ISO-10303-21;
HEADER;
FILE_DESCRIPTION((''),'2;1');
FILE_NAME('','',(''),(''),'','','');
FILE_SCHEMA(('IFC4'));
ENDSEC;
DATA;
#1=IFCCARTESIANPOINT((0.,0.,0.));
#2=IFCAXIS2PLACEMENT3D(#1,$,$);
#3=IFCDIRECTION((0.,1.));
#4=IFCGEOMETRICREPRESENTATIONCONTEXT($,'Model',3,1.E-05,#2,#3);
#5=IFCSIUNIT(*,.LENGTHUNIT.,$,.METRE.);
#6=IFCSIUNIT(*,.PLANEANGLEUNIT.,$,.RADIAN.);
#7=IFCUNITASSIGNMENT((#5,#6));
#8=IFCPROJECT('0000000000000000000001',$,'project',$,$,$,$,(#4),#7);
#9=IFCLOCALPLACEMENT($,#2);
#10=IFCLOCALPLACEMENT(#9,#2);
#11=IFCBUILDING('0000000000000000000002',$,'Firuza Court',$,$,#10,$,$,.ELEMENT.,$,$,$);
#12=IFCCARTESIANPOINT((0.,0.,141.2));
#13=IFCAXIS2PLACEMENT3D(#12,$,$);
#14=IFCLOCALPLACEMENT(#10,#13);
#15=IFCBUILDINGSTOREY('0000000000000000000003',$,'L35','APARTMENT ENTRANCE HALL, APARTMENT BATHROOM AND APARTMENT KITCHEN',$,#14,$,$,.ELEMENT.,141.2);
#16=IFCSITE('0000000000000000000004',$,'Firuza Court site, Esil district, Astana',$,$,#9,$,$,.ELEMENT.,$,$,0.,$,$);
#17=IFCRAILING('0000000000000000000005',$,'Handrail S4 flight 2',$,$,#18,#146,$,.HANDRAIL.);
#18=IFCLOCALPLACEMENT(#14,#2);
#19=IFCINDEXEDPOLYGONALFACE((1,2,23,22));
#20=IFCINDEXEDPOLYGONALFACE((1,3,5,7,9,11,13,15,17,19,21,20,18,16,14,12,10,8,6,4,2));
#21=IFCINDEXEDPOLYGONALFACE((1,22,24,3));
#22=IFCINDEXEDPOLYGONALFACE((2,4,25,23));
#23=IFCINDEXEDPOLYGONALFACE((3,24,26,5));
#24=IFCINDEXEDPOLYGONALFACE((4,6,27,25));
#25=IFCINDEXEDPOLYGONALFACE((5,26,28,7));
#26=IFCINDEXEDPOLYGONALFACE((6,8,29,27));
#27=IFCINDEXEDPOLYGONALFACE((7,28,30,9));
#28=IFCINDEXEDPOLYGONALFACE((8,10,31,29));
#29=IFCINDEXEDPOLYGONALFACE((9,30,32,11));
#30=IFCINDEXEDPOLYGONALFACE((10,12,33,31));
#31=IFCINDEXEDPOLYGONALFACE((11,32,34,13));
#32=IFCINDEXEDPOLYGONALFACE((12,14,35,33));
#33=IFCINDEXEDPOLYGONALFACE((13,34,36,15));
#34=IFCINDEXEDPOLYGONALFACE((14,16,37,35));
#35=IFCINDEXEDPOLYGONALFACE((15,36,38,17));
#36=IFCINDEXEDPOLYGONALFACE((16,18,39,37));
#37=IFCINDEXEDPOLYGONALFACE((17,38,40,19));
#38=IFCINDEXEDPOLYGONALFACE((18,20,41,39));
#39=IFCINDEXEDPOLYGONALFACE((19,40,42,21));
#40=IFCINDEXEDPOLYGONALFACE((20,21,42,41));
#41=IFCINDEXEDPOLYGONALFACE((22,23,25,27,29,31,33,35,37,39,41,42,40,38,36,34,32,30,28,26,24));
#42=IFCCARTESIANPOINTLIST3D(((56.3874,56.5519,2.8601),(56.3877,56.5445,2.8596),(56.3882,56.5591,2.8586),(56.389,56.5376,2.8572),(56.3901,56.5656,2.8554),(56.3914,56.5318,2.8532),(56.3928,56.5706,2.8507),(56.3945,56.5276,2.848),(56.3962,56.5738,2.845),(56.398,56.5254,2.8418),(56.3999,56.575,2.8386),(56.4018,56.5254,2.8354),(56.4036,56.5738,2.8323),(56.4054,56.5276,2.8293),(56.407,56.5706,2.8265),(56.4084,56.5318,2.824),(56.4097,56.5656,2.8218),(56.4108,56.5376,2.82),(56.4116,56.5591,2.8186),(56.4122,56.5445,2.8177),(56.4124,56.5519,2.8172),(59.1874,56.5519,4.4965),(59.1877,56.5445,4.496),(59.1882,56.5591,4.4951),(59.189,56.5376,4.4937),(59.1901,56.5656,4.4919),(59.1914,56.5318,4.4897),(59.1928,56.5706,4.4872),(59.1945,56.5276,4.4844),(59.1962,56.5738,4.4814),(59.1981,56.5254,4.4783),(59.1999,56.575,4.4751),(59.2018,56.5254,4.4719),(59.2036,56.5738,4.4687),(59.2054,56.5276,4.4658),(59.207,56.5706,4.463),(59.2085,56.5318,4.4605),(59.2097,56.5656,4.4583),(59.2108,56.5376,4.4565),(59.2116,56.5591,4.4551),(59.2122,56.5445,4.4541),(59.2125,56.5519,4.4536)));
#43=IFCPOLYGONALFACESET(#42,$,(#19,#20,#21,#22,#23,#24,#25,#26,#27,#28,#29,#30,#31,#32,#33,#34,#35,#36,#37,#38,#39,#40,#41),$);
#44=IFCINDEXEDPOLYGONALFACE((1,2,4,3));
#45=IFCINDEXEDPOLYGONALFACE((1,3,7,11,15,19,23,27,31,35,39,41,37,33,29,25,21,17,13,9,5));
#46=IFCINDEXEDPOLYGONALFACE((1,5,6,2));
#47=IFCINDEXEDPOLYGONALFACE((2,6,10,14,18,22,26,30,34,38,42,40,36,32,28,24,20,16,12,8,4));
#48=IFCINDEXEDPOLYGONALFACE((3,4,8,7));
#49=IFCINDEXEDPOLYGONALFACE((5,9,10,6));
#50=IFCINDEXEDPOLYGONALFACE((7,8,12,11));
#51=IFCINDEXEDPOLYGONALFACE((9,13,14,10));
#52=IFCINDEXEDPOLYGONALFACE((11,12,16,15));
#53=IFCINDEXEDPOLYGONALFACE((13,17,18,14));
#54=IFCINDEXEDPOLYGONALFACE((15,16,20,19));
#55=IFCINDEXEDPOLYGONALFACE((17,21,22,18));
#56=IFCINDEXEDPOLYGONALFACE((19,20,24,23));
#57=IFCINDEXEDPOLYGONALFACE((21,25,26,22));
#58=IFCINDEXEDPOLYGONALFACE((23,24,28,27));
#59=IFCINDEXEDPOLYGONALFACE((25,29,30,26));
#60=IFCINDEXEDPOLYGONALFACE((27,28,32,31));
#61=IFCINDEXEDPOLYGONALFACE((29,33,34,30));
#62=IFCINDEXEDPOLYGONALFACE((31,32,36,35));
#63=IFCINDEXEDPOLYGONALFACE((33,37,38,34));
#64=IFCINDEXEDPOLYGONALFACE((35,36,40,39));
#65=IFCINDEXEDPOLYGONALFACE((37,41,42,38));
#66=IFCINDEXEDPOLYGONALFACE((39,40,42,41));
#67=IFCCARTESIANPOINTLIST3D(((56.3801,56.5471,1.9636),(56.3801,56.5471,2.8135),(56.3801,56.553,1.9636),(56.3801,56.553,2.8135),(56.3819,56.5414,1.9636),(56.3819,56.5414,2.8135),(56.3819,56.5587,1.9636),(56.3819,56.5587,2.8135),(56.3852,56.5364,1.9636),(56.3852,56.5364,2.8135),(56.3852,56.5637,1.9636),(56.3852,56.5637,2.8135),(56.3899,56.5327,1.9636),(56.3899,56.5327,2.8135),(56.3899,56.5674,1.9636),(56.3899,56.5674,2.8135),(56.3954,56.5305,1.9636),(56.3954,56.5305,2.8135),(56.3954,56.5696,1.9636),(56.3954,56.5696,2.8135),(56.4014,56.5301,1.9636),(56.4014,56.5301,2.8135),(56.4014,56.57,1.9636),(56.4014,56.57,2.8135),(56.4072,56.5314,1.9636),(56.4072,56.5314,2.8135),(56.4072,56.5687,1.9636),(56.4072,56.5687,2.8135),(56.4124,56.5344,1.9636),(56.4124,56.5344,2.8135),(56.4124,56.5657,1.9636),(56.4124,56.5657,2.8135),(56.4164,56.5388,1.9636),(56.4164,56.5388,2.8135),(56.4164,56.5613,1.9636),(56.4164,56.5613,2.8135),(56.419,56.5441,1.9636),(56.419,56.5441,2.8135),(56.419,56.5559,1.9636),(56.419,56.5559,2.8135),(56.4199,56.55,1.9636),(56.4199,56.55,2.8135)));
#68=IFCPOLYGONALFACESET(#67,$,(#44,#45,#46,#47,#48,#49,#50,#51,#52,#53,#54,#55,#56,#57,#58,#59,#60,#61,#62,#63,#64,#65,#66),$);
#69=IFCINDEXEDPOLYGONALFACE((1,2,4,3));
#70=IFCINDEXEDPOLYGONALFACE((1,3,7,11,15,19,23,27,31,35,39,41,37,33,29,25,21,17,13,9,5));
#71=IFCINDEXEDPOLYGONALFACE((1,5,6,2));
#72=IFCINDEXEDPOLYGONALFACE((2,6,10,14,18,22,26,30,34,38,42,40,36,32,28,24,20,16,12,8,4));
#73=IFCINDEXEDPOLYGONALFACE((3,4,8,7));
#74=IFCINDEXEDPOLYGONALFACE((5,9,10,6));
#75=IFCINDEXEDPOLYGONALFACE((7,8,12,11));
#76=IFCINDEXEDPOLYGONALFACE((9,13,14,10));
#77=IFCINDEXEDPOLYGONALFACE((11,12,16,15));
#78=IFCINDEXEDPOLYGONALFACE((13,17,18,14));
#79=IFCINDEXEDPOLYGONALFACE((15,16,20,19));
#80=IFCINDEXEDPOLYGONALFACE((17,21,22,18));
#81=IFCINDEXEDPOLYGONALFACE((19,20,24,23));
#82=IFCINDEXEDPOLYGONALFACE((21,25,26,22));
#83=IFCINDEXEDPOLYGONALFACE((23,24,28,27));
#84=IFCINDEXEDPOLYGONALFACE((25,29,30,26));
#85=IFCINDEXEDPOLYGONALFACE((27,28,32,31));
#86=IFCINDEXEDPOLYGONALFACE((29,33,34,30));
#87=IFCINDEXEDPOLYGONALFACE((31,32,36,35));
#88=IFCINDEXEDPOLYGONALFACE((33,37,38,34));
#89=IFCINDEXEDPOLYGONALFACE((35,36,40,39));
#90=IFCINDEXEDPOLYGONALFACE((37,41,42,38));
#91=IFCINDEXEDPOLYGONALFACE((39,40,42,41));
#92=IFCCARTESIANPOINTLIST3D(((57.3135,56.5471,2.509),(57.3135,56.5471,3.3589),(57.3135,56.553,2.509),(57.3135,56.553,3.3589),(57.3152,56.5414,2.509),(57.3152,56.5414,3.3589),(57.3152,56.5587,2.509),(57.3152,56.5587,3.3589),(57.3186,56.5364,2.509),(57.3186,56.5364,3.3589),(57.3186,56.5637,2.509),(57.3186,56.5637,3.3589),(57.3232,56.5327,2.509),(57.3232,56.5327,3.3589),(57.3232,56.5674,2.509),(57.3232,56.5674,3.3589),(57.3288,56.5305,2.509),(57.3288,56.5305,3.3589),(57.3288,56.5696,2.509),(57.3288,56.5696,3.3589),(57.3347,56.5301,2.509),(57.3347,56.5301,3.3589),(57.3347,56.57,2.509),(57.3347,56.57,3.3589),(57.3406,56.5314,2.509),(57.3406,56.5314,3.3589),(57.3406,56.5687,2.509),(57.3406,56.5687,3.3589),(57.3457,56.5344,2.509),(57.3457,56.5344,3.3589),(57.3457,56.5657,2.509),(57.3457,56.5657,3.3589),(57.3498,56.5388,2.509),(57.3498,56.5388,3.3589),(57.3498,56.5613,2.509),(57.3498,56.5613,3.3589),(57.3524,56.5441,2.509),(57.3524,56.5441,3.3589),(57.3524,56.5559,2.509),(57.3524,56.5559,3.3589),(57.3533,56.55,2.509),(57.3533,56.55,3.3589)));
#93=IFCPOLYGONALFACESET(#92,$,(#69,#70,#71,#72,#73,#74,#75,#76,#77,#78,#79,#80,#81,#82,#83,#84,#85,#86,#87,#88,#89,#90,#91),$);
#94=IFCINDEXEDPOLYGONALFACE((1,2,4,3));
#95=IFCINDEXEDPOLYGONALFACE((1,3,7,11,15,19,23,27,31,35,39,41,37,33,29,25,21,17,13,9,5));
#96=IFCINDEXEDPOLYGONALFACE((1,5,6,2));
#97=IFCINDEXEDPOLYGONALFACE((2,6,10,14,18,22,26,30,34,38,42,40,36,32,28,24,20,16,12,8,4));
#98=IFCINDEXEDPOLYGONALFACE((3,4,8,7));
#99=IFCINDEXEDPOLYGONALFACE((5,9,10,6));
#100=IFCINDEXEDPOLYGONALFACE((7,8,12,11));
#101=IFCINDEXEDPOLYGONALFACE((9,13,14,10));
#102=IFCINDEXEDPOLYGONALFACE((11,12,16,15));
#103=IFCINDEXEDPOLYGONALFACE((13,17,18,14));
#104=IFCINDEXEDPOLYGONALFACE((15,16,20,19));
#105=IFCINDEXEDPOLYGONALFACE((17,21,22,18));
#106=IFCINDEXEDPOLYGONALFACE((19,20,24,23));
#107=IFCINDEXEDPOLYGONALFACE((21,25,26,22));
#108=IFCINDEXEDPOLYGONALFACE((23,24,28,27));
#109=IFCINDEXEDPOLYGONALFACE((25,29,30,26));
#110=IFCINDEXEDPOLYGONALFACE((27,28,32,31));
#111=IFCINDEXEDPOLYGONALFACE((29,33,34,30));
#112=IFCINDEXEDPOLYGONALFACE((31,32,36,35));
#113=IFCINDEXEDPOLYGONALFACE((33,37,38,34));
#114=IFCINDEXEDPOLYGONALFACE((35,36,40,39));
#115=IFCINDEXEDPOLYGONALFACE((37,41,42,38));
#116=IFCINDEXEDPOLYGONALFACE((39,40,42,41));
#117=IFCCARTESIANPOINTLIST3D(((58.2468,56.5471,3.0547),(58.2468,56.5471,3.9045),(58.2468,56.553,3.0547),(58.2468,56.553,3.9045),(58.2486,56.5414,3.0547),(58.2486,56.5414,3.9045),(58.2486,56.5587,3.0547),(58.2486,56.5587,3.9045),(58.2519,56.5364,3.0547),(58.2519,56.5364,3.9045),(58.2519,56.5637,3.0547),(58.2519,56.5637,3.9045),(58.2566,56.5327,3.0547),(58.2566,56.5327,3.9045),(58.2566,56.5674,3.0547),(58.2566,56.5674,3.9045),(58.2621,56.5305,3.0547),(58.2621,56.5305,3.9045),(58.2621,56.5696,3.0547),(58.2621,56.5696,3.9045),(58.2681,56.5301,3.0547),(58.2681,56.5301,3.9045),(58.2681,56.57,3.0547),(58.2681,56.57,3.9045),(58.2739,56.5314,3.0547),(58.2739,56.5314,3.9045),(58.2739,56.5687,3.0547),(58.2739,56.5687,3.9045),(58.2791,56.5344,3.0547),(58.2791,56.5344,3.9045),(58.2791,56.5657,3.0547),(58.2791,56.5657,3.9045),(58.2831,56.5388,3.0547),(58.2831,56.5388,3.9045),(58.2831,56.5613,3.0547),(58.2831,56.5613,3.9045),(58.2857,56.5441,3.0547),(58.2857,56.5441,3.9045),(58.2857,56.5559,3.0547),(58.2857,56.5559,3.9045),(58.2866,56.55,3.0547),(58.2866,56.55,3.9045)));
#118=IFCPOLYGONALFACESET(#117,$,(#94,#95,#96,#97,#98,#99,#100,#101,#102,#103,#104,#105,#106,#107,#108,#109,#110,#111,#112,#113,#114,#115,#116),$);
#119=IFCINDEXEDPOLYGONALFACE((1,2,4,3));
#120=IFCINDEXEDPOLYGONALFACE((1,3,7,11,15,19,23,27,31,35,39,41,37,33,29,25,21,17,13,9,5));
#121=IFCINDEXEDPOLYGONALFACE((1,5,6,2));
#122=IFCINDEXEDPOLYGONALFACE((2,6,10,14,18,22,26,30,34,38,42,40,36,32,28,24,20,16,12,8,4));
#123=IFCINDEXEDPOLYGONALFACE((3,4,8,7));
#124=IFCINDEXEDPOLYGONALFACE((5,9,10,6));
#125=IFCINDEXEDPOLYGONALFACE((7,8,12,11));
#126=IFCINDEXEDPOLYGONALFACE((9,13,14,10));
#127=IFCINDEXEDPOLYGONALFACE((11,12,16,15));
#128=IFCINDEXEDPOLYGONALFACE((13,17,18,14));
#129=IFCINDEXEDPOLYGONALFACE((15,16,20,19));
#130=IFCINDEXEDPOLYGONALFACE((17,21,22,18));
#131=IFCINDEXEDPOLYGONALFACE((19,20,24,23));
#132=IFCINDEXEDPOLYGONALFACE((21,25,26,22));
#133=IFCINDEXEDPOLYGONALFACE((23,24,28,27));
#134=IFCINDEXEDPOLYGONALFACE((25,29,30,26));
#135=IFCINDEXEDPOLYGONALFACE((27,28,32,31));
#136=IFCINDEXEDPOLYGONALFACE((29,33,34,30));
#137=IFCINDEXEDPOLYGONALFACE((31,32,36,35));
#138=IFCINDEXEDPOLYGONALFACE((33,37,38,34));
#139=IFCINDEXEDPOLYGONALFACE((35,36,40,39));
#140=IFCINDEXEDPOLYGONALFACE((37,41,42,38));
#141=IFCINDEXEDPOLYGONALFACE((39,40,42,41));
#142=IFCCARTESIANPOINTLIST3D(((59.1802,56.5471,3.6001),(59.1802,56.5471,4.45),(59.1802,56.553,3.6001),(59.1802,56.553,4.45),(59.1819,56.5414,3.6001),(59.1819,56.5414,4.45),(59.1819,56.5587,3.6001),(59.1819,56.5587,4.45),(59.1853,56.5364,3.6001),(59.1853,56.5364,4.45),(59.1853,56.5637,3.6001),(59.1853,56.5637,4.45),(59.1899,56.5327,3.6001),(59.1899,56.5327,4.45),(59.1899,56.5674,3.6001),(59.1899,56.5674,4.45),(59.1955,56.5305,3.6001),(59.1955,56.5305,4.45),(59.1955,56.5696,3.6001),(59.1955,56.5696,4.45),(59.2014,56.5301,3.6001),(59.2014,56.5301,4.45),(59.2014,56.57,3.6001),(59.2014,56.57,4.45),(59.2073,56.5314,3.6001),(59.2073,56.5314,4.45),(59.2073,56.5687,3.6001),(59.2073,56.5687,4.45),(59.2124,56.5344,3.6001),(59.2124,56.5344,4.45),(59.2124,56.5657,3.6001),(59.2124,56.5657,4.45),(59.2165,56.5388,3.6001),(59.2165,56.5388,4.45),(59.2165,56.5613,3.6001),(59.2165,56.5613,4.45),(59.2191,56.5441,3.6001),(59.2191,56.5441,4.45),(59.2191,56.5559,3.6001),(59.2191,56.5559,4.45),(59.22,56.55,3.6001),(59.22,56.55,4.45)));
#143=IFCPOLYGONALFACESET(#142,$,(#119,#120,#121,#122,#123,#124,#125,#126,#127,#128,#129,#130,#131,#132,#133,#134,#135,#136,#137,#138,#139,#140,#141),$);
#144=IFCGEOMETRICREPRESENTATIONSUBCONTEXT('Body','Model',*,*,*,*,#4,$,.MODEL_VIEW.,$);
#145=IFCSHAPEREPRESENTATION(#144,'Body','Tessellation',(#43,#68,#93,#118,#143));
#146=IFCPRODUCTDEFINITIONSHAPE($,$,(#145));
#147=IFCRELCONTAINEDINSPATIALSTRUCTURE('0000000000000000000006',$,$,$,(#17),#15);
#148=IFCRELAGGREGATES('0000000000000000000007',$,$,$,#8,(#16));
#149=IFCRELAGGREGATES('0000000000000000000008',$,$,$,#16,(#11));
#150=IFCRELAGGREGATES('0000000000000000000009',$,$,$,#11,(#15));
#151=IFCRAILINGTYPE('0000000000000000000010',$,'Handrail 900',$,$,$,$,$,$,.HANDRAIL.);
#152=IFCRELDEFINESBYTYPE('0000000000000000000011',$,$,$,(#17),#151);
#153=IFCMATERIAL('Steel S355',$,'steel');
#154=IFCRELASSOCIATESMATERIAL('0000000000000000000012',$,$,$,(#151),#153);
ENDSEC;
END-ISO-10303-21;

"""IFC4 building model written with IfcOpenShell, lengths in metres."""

from ifc_helpers import new_model, si_unit, direction, frame, origin, origin_2d, place, context, subcontext, project, spatial, circle, extrude, material, type_object, element, save


model = new_model("IFC4")

# Units and contexts
model_context = context("Model", 3, precision=1e-05, world=origin(), true_north=direction((0.0, 1.0)))
body_context = subcontext(model_context, "Body", "Model", "MODEL_VIEW")
ifc_project = project(units=[si_unit("LENGTHUNIT", "METRE"), si_unit("PLANEANGLEUNIT", "RADIAN")], contexts=[model_context])

# Site, building, storey
site_placement = place(None, origin())
site = spatial("IfcSite", under=ifc_project, at=site_placement, Name="Firuza Court site, Esil district, Astana", CompositionType="ELEMENT", RefElevation=0.0)
building_placement = place(site_placement, origin())
building = spatial("IfcBuilding", under=site, at=building_placement, Name="Firuza Court", CompositionType="ELEMENT")
storey_placement = place(building_placement, frame((0.0, 0.0, 141.2)))
storey = spatial("IfcBuildingStorey", under=building, at=storey_placement, Name="L35", Description="APARTMENT ENTRANCE HALL, APARTMENT BATHROOM AND APARTMENT KITCHEN", CompositionType="ELEMENT", Elevation=141.2)

# Railing
ifc_material_1 = material(Name="Steel S355", Category="steel")
railing_type_1 = type_object("IfcRailingType", Name="Handrail 900", PredefinedType="HANDRAIL", material=ifc_material_1)
railing_1_placement = place(storey_placement, frame((56.3999, 56.55, 1.9636)))
element("IfcRailing", 1, at=railing_1_placement, inside=storey, type_object=railing_type_1, Name="Handrail S4 flight 2", PredefinedType="HANDRAIL", context=body_context, shape_type="SweptSolid", body=[
    extrude(circle(Radius=0.0249, at=origin_2d()), frame((0.0, 0.0, 0.875), z_axis=(0.863361, 0.0, 0.504587), x_axis=(0.0, 1.0, 0.0)), (0.0, 0.0, 1.0), 3.2432),
    extrude(circle(Radius=0.02, at=origin_2d()), origin(), (0.0, 0.0, 1.0), 0.8499),
    extrude(circle(Radius=0.02, at=origin_2d()), frame((0.9333, 0.0, 0.5454)), (0.0, 0.0, 1.0), 0.8499),
    extrude(circle(Radius=0.02, at=origin_2d()), frame((1.8667, 0.0, 1.0911)), (0.0, 0.0, 1.0), 0.8499),
    extrude(circle(Radius=0.02, at=origin_2d()), frame((2.8, 0.0, 1.6365)), (0.0, 0.0, 1.0), 0.8499),
])

save(model, "model.ifc")
